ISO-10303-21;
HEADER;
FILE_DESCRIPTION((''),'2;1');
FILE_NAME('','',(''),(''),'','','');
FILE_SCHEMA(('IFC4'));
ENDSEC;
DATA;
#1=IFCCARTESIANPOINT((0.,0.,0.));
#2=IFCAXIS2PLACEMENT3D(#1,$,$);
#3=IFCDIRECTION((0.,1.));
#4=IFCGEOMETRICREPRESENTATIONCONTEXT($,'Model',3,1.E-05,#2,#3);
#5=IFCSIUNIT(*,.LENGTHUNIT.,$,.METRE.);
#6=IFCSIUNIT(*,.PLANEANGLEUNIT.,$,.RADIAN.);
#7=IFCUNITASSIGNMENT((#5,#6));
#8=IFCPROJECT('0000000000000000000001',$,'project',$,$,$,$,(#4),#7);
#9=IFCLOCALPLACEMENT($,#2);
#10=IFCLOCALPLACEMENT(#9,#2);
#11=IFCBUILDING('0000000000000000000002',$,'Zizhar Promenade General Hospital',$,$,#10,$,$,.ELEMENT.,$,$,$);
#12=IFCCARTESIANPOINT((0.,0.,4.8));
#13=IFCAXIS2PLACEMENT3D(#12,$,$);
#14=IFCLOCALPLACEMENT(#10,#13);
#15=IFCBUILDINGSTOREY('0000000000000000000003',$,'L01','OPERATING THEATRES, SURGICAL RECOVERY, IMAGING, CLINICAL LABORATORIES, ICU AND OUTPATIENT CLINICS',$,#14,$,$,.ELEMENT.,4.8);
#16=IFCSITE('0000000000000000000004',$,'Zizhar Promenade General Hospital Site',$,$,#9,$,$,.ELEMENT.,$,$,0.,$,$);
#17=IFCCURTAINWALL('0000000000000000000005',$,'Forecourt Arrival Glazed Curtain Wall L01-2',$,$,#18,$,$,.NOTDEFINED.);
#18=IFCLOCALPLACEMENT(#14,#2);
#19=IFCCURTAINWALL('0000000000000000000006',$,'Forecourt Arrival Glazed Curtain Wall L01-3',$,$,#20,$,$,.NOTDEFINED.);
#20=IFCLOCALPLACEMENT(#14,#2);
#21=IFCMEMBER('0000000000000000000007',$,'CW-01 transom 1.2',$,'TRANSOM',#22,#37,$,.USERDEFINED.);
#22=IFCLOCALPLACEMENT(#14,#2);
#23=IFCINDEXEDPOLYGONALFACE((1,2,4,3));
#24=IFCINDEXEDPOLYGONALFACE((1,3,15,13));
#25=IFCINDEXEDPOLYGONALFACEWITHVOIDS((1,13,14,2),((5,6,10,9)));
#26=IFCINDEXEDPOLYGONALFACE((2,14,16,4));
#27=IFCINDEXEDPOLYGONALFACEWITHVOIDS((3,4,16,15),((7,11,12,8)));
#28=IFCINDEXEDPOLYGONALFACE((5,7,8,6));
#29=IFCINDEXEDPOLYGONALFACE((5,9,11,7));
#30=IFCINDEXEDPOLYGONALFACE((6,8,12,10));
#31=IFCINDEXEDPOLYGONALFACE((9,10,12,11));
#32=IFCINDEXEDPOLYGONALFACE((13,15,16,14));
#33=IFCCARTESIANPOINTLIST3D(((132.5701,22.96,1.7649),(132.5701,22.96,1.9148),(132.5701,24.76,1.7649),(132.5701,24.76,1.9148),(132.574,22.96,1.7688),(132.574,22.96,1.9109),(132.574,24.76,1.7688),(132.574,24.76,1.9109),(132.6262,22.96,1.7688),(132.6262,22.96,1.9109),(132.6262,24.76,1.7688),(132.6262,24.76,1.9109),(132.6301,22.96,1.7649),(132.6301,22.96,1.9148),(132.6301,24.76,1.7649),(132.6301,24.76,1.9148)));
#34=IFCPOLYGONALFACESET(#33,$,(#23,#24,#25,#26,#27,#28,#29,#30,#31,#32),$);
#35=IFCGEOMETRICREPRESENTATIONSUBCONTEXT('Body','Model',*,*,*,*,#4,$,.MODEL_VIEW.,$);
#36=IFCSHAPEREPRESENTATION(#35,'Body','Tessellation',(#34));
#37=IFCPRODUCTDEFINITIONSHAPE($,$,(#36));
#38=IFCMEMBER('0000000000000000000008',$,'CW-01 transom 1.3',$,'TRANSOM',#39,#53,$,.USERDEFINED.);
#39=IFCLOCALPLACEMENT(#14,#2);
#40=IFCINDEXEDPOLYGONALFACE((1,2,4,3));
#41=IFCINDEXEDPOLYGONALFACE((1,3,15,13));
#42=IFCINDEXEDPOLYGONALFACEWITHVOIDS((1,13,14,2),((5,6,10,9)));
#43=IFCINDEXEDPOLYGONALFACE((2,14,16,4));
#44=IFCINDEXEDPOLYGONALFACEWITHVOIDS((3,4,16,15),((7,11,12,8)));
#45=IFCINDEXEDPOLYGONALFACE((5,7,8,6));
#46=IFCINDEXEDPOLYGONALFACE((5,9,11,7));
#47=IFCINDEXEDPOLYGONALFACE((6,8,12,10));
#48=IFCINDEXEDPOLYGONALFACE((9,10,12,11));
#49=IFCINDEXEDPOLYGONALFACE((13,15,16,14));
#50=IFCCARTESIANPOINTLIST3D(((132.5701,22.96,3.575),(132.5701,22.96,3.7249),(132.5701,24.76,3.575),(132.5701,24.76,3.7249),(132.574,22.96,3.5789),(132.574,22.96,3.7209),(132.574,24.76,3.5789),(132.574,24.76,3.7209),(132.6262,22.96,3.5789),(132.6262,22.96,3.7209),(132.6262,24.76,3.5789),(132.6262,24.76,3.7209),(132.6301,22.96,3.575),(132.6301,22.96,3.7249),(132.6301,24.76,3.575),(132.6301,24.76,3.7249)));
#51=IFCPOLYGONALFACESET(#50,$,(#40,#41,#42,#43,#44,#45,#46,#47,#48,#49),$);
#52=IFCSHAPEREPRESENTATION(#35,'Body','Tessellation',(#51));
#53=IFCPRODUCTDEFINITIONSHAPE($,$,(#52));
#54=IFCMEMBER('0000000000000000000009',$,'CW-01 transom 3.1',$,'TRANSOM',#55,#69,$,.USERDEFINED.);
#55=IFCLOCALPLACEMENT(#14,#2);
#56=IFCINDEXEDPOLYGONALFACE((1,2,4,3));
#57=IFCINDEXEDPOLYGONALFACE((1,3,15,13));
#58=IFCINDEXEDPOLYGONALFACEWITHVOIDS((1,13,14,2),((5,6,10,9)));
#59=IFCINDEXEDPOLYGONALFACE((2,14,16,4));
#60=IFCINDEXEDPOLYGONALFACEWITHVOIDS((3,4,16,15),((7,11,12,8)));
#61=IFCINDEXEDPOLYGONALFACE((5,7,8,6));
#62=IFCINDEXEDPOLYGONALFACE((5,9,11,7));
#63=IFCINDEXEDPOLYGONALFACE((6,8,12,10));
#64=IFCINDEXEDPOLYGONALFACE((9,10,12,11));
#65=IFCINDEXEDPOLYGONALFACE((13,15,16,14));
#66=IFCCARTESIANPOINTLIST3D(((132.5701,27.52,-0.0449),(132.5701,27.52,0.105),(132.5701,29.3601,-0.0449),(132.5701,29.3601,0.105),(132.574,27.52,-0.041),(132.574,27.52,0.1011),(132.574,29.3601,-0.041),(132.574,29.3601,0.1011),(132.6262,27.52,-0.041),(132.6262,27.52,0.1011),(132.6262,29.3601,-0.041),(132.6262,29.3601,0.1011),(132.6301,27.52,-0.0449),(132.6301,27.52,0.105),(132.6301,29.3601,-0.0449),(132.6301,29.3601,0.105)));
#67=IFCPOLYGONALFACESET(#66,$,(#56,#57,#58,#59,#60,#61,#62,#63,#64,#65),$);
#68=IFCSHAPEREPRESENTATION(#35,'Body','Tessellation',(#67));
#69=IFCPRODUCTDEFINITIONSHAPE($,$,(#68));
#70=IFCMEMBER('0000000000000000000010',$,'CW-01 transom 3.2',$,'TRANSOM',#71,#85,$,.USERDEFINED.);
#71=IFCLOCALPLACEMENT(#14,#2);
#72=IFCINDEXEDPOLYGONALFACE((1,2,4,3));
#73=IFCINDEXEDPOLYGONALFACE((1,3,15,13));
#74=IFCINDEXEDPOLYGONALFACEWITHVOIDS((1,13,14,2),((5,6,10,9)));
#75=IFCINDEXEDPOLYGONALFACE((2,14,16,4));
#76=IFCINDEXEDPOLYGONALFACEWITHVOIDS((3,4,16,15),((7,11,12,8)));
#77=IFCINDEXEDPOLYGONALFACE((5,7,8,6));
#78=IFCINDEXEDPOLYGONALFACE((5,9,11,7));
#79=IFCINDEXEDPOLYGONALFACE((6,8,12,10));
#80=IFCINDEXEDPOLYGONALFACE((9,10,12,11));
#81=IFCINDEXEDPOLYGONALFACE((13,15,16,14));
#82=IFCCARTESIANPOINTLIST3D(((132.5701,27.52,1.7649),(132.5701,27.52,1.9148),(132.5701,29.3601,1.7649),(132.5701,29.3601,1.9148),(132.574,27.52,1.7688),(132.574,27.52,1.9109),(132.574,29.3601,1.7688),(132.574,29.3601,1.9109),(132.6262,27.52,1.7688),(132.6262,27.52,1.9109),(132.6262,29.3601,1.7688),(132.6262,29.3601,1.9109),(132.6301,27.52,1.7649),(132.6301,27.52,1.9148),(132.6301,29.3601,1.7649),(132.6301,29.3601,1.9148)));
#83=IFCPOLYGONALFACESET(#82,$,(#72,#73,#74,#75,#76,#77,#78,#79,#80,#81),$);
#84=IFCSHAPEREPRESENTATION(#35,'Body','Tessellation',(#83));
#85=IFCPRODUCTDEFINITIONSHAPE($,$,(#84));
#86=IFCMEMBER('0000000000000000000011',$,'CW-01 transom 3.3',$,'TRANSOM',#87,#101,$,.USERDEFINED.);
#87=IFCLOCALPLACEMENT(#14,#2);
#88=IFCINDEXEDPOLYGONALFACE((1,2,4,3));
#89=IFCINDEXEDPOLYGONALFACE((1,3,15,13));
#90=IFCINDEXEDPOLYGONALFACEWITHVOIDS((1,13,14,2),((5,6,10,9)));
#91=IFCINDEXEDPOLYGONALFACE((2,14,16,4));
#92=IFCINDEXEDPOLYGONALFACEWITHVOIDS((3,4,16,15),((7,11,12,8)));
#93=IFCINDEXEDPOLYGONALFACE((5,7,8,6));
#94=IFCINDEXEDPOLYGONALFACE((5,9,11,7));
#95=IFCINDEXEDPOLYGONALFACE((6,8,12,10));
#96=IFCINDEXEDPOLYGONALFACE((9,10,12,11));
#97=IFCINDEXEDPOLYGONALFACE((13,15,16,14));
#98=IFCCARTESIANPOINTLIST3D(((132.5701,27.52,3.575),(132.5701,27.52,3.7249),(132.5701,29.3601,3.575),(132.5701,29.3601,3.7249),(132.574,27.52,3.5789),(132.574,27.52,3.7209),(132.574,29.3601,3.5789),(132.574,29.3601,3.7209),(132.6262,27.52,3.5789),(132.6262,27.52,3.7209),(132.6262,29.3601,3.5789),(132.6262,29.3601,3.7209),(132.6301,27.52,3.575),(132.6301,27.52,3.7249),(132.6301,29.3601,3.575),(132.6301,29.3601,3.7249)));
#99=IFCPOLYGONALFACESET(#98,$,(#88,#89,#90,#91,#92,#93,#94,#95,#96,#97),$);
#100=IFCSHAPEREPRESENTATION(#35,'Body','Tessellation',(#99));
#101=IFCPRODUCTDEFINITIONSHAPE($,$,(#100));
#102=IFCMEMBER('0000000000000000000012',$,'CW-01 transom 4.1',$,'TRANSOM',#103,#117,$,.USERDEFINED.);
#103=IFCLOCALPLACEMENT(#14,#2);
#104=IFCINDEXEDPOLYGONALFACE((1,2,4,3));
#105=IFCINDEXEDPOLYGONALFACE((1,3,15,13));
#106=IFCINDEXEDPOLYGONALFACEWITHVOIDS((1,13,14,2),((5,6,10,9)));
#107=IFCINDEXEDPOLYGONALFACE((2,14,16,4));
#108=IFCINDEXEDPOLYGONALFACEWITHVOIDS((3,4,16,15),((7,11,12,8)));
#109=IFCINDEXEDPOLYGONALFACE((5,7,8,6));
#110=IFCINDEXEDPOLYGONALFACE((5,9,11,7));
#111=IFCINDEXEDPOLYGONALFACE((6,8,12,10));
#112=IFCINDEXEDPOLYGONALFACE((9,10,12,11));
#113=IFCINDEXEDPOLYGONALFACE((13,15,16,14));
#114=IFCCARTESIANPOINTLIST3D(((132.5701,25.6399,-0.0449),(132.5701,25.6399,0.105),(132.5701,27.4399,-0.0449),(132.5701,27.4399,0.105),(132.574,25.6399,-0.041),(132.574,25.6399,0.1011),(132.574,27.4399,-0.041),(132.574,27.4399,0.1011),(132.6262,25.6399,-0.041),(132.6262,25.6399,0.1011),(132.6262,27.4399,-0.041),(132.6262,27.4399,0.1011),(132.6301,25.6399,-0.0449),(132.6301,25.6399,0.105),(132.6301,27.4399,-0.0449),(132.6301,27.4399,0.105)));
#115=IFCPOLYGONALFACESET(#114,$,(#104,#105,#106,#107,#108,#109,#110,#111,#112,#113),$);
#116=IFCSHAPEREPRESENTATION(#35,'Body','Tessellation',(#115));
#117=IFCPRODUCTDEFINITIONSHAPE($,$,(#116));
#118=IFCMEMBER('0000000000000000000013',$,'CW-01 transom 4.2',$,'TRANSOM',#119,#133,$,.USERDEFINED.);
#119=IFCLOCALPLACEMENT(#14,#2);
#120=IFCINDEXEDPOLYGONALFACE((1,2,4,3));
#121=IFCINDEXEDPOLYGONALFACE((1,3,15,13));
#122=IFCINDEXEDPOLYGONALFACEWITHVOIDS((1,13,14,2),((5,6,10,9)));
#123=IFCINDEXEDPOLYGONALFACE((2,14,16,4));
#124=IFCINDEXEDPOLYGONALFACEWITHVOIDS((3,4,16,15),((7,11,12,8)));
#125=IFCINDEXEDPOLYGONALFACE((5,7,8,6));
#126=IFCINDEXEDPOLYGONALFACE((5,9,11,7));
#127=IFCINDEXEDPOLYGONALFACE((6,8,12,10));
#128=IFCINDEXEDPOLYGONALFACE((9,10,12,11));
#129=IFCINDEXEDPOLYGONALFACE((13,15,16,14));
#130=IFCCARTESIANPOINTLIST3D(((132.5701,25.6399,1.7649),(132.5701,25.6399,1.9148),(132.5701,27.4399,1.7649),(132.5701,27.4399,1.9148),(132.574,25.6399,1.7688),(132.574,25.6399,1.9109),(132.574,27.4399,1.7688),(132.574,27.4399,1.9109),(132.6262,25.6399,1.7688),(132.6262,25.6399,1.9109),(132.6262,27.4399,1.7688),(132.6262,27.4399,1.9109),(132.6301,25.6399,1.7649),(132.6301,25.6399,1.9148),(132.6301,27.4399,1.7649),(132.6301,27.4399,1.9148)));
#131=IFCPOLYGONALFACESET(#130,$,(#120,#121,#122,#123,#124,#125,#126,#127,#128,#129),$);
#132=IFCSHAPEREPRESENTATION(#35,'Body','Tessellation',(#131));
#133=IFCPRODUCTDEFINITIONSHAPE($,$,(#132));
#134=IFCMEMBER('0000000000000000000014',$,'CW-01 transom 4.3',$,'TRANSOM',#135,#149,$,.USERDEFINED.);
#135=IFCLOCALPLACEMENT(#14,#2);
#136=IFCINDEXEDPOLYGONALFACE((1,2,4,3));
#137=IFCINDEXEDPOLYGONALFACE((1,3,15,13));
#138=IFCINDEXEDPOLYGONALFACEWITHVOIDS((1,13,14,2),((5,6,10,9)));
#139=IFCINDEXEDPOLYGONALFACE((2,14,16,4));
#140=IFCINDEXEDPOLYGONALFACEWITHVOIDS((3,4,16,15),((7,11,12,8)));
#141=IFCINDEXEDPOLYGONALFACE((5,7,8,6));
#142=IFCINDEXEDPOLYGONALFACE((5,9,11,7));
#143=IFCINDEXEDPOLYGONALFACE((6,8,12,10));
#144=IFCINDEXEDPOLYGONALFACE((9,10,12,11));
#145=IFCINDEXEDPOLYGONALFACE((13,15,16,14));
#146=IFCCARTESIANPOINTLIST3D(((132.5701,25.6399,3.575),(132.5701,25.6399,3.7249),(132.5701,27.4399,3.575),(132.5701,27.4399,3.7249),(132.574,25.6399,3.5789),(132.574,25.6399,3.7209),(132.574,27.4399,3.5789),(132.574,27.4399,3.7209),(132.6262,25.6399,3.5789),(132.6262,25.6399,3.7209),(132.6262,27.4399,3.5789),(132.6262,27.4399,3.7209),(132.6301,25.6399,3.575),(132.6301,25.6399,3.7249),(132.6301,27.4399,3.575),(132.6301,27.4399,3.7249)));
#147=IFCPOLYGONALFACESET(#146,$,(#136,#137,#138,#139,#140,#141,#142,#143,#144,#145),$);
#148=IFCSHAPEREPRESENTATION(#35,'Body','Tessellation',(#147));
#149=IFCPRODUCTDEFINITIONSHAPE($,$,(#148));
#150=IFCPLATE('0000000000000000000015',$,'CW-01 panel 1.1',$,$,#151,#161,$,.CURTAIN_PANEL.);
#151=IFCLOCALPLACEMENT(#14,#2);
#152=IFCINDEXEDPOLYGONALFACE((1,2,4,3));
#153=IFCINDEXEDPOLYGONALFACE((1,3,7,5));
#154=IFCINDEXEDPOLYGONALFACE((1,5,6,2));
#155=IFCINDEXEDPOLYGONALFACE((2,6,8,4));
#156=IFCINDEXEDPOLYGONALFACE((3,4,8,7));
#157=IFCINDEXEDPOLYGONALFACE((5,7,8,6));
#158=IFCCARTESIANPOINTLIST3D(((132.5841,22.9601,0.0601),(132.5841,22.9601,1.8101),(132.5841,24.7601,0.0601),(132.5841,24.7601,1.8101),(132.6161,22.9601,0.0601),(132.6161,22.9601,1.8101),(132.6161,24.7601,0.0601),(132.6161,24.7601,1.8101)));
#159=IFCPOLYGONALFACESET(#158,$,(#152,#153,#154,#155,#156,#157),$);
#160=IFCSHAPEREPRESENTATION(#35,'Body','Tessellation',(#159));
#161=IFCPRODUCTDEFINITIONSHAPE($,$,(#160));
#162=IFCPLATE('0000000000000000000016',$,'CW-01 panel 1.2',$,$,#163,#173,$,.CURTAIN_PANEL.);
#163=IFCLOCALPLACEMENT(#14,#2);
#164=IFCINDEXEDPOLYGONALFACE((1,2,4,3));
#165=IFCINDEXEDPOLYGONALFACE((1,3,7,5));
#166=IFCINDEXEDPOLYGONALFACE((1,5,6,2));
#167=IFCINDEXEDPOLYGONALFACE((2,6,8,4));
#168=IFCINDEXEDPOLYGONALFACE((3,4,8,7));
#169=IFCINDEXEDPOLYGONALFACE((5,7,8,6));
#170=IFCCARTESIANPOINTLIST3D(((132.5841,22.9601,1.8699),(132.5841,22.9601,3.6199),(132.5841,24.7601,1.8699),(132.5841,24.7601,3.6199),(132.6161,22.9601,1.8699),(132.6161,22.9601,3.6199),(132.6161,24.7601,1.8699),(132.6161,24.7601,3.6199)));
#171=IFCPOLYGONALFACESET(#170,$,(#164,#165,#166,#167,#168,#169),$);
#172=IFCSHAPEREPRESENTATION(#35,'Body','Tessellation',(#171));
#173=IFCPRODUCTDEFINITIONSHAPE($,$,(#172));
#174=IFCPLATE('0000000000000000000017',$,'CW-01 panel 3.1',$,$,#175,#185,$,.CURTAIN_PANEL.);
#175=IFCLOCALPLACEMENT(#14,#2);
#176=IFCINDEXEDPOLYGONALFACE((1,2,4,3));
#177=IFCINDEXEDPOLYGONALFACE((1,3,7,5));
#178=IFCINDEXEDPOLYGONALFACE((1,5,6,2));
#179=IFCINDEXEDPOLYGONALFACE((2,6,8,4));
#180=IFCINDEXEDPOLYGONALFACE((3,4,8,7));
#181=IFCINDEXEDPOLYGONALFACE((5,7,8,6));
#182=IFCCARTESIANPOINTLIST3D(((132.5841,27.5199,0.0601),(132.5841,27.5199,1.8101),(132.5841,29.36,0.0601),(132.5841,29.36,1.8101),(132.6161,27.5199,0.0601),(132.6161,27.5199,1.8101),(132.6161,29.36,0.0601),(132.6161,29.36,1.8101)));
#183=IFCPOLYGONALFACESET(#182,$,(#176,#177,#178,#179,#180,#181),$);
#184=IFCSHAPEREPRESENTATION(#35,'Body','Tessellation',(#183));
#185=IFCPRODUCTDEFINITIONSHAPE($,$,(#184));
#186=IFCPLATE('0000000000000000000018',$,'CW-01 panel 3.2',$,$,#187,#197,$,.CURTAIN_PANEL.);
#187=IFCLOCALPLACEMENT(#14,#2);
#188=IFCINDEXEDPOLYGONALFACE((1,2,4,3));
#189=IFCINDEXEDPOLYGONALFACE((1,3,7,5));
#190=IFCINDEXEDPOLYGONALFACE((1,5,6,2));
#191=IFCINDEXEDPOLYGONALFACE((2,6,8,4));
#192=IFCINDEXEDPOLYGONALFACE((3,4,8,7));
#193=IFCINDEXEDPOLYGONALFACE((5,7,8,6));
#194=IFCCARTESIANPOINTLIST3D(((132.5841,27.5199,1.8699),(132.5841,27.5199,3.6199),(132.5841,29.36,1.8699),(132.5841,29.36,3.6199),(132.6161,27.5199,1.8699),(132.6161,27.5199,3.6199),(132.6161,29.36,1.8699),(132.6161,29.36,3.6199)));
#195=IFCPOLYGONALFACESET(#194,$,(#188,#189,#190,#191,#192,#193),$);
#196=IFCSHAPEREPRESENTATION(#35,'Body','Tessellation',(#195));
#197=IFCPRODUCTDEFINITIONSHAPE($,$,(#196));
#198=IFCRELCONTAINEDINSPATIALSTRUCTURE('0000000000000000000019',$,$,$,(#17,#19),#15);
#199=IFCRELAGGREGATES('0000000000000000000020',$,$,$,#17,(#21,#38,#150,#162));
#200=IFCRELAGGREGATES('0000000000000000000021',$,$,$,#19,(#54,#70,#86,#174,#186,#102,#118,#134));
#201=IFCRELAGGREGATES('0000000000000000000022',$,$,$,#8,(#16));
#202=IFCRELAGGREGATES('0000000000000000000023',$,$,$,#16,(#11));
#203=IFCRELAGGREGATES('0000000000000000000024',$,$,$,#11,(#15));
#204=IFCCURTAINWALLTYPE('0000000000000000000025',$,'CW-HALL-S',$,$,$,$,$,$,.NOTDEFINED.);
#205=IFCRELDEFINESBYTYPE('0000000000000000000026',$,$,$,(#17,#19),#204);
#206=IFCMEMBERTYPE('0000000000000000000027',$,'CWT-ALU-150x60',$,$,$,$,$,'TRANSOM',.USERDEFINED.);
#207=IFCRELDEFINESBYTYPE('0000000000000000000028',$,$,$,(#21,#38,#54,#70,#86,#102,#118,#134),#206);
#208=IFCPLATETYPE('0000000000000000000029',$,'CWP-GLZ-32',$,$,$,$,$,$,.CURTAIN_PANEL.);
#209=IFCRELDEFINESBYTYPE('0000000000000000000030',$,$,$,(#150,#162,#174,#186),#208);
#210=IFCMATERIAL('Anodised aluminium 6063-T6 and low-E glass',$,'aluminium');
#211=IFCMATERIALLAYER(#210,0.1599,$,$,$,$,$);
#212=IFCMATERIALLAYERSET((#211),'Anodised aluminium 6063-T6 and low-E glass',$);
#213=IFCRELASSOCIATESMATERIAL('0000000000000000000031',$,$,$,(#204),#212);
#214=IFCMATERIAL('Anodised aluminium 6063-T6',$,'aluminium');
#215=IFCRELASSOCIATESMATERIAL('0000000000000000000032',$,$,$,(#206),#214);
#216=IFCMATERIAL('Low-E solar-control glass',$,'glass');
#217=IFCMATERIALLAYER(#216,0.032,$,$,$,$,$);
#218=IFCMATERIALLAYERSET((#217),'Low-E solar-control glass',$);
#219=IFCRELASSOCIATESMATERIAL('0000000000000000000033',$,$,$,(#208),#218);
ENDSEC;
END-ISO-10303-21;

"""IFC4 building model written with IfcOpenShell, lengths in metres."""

from ifc_helpers import new_model, si_unit, direction, frame, origin, origin_2d, place, context, subcontext, project, spatial, rectangle, hollow_rectangle, extrude, material, layer, layer_set, material_profile, profile_set, type_object, element, aggregate, save


model = new_model("IFC4")

# Units and contexts
model_context = context("Model", 3, precision=1e-05, world=origin(), true_north=direction((0.0, 1.0)))
body_context = subcontext(model_context, "Body", "Model", "MODEL_VIEW")
ifc_project = project(units=[si_unit("LENGTHUNIT", "METRE"), si_unit("PLANEANGLEUNIT", "RADIAN")], contexts=[model_context])

# Site, building, storey
site_placement = place(None, origin())
site = spatial("IfcSite", under=ifc_project, at=site_placement, Name="Zizhar Promenade General Hospital Site", CompositionType="ELEMENT", RefElevation=0.0)
building_placement = place(site_placement, origin())
building = spatial("IfcBuilding", under=site, at=building_placement, Name="Zizhar Promenade General Hospital", CompositionType="ELEMENT")
storey_placement = place(building_placement, frame((0.0, 0.0, 4.8)))
storey = spatial("IfcBuildingStorey", under=building, at=storey_placement, Name="L01", Description="OPERATING THEATRES, SURGICAL RECOVERY, IMAGING, CLINICAL LABORATORIES, ICU AND OUTPATIENT CLINICS", CompositionType="ELEMENT", Elevation=4.8)

# Curtain walls
ifc_material_1 = material(Name="Anodised aluminium 6063-T6 and low-E glass", Category="aluminium")
ifc_layer_1 = layer(ifc_material_1, 0.1599)
ifc_layer_set_1 = layer_set([ifc_layer_1], Name="Anodised aluminium 6063-T6 and low-E glass")
curtain_wall_type = type_object("IfcCurtainWallType", Name="CW-HALL-S", PredefinedType="NOTDEFINED", material=ifc_layer_set_1)
curtain_wall_1_placement = place(storey_placement, origin())
curtain_wall_1 = element("IfcCurtainWall", 1, at=curtain_wall_1_placement, inside=storey, type_object=curtain_wall_type, Name="Forecourt Arrival Glazed Curtain Wall L01-2", PredefinedType="NOTDEFINED")
curtain_wall_2_placement = place(storey_placement, origin())
curtain_wall_2 = element("IfcCurtainWall", 2, at=curtain_wall_2_placement, inside=storey, type_object=curtain_wall_type, Name="Forecourt Arrival Glazed Curtain Wall L01-3", PredefinedType="NOTDEFINED")

# Members
ifc_material_2 = material(Name="Anodised aluminium 6063-T6", Category="aluminium")
ifc_material_profile_1 = material_profile(ifc_material_2, hollow_rectangle(XDim=0.0601, YDim=0.1499, WallThickness=0.0039, at=origin_2d()))
ifc_profile_set_1 = profile_set([ifc_material_profile_1], Name="Anodised aluminium 6063-T6")
member_type_1 = type_object("IfcMemberType", Name="CWT-ALU-150x60", ElementType="TRANSOM", PredefinedType="USERDEFINED", material=ifc_profile_set_1)
member_1_placement = place(storey_placement, frame((132.6001, 24.76, 1.8398), z_axis=(0.0, -1.0, 0.0), x_axis=(1.0, 0.0, 0.0)))
member_1 = element("IfcMember", 3, at=member_1_placement, type_object=member_type_1, Name="CW-01 transom 1.2", ObjectType="TRANSOM", PredefinedType="USERDEFINED", context=body_context, shape_type="SweptSolid", body=[
    extrude(hollow_rectangle(XDim=0.0601, YDim=0.1499, WallThickness=0.0039, at=origin_2d()), origin(), (0.0, 0.0, 1.0), 1.8),
])
member_2_placement = place(storey_placement, frame((132.6001, 24.76, 3.6499), z_axis=(0.0, -1.0, 0.0), x_axis=(1.0, 0.0, 0.0)))
member_2 = element("IfcMember", 4, at=member_2_placement, type_object=member_type_1, Name="CW-01 transom 1.3", ObjectType="TRANSOM", PredefinedType="USERDEFINED", context=body_context, shape_type="SweptSolid", body=[
    extrude(hollow_rectangle(XDim=0.0601, YDim=0.1499, WallThickness=0.0039, at=origin_2d()), origin(), (0.0, 0.0, 1.0), 1.8),
])
member_3_placement = place(storey_placement, frame((132.6001, 29.3601, 0.03), z_axis=(0.0, -1.0, 0.0), x_axis=(1.0, 0.0, 0.0)))
member_3 = element("IfcMember", 5, at=member_3_placement, type_object=member_type_1, Name="CW-01 transom 3.1", ObjectType="TRANSOM", PredefinedType="USERDEFINED", context=body_context, shape_type="SweptSolid", body=[
    extrude(hollow_rectangle(XDim=0.0601, YDim=0.1499, WallThickness=0.0039, at=origin_2d()), origin(), (0.0, 0.0, 1.0), 1.8401),
])
member_4_placement = place(storey_placement, frame((132.6001, 29.3601, 1.8398), z_axis=(0.0, -1.0, 0.0), x_axis=(1.0, 0.0, 0.0)))
member_4 = element("IfcMember", 6, at=member_4_placement, type_object=member_type_1, Name="CW-01 transom 3.2", ObjectType="TRANSOM", PredefinedType="USERDEFINED", context=body_context, shape_type="SweptSolid", body=[
    extrude(hollow_rectangle(XDim=0.0601, YDim=0.1499, WallThickness=0.0039, at=origin_2d()), origin(), (0.0, 0.0, 1.0), 1.8401),
])
member_5_placement = place(storey_placement, frame((132.6001, 29.3601, 3.6499), z_axis=(0.0, -1.0, 0.0), x_axis=(1.0, 0.0, 0.0)))
member_5 = element("IfcMember", 7, at=member_5_placement, type_object=member_type_1, Name="CW-01 transom 3.3", ObjectType="TRANSOM", PredefinedType="USERDEFINED", context=body_context, shape_type="SweptSolid", body=[
    extrude(hollow_rectangle(XDim=0.0601, YDim=0.1499, WallThickness=0.0039, at=origin_2d()), origin(), (0.0, 0.0, 1.0), 1.8401),
])
member_6_placement = place(storey_placement, frame((132.6001, 27.4399, 0.03), z_axis=(0.0, -1.0, 0.0), x_axis=(1.0, 0.0, 0.0)))
member_6 = element("IfcMember", 8, at=member_6_placement, type_object=member_type_1, Name="CW-01 transom 4.1", ObjectType="TRANSOM", PredefinedType="USERDEFINED", context=body_context, shape_type="SweptSolid", body=[
    extrude(hollow_rectangle(XDim=0.0601, YDim=0.1499, WallThickness=0.0039, at=origin_2d()), origin(), (0.0, 0.0, 1.0), 1.8),
])
member_7_placement = place(storey_placement, frame((132.6001, 27.4399, 1.8398), z_axis=(0.0, -1.0, 0.0), x_axis=(1.0, 0.0, 0.0)))
member_7 = element("IfcMember", 9, at=member_7_placement, type_object=member_type_1, Name="CW-01 transom 4.2", ObjectType="TRANSOM", PredefinedType="USERDEFINED", context=body_context, shape_type="SweptSolid", body=[
    extrude(hollow_rectangle(XDim=0.0601, YDim=0.1499, WallThickness=0.0039, at=origin_2d()), origin(), (0.0, 0.0, 1.0), 1.8),
])
member_8_placement = place(storey_placement, frame((132.6001, 27.4399, 3.6499), z_axis=(0.0, -1.0, 0.0), x_axis=(1.0, 0.0, 0.0)))
member_8 = element("IfcMember", 10, at=member_8_placement, type_object=member_type_1, Name="CW-01 transom 4.3", ObjectType="TRANSOM", PredefinedType="USERDEFINED", context=body_context, shape_type="SweptSolid", body=[
    extrude(hollow_rectangle(XDim=0.0601, YDim=0.1499, WallThickness=0.0039, at=origin_2d()), origin(), (0.0, 0.0, 1.0), 1.8),
])

# Plates
ifc_material_3 = material(Name="Low-E solar-control glass", Category="glass")
ifc_layer_2 = layer(ifc_material_3, 0.032)
ifc_layer_set_2 = layer_set([ifc_layer_2], Name="Low-E solar-control glass")
plate_type = type_object("IfcPlateType", Name="CWP-GLZ-32", PredefinedType="CURTAIN_PANEL", material=ifc_layer_set_2)
plate_1_placement = place(storey_placement, frame((132.6001, 23.8601, 0.0601), z_axis=(0.0, 0.0, 1.0), x_axis=(0.0, -1.0, 0.0)))
plate_1 = element("IfcPlate", 11, at=plate_1_placement, type_object=plate_type, Name="CW-01 panel 1.1", PredefinedType="CURTAIN_PANEL", context=body_context, shape_type="SweptSolid", body=[
    extrude(rectangle(XDim=1.8, YDim=0.032, at=origin_2d()), origin(), (0.0, 0.0, 1.0), 1.75),
])
plate_2_placement = place(storey_placement, frame((132.6001, 23.8601, 1.8699), z_axis=(0.0, 0.0, 1.0), x_axis=(0.0, -1.0, 0.0)))
plate_2 = element("IfcPlate", 12, at=plate_2_placement, type_object=plate_type, Name="CW-01 panel 1.2", PredefinedType="CURTAIN_PANEL", context=body_context, shape_type="SweptSolid", body=[
    extrude(rectangle(XDim=1.8, YDim=0.032, at=origin_2d()), origin(), (0.0, 0.0, 1.0), 1.75),
])
aggregate(curtain_wall_1, [member_1, member_2, plate_1, plate_2])
plate_3_placement = place(storey_placement, frame((132.6001, 28.4399, 0.0601), z_axis=(0.0, 0.0, 1.0), x_axis=(0.0, -1.0, 0.0)))
plate_3 = element("IfcPlate", 13, at=plate_3_placement, type_object=plate_type, Name="CW-01 panel 3.1", PredefinedType="CURTAIN_PANEL", context=body_context, shape_type="SweptSolid", body=[
    extrude(rectangle(XDim=1.8401, YDim=0.032, at=origin_2d()), origin(), (0.0, 0.0, 1.0), 1.75),
])
plate_4_placement = place(storey_placement, frame((132.6001, 28.4399, 1.8699), z_axis=(0.0, 0.0, 1.0), x_axis=(0.0, -1.0, 0.0)))
plate_4 = element("IfcPlate", 14, at=plate_4_placement, type_object=plate_type, Name="CW-01 panel 3.2", PredefinedType="CURTAIN_PANEL", context=body_context, shape_type="SweptSolid", body=[
    extrude(rectangle(XDim=1.8401, YDim=0.032, at=origin_2d()), origin(), (0.0, 0.0, 1.0), 1.75),
])
aggregate(curtain_wall_2, [member_3, member_4, member_5, plate_3, plate_4, member_6, member_7, member_8])

save(model, "model.ifc")
